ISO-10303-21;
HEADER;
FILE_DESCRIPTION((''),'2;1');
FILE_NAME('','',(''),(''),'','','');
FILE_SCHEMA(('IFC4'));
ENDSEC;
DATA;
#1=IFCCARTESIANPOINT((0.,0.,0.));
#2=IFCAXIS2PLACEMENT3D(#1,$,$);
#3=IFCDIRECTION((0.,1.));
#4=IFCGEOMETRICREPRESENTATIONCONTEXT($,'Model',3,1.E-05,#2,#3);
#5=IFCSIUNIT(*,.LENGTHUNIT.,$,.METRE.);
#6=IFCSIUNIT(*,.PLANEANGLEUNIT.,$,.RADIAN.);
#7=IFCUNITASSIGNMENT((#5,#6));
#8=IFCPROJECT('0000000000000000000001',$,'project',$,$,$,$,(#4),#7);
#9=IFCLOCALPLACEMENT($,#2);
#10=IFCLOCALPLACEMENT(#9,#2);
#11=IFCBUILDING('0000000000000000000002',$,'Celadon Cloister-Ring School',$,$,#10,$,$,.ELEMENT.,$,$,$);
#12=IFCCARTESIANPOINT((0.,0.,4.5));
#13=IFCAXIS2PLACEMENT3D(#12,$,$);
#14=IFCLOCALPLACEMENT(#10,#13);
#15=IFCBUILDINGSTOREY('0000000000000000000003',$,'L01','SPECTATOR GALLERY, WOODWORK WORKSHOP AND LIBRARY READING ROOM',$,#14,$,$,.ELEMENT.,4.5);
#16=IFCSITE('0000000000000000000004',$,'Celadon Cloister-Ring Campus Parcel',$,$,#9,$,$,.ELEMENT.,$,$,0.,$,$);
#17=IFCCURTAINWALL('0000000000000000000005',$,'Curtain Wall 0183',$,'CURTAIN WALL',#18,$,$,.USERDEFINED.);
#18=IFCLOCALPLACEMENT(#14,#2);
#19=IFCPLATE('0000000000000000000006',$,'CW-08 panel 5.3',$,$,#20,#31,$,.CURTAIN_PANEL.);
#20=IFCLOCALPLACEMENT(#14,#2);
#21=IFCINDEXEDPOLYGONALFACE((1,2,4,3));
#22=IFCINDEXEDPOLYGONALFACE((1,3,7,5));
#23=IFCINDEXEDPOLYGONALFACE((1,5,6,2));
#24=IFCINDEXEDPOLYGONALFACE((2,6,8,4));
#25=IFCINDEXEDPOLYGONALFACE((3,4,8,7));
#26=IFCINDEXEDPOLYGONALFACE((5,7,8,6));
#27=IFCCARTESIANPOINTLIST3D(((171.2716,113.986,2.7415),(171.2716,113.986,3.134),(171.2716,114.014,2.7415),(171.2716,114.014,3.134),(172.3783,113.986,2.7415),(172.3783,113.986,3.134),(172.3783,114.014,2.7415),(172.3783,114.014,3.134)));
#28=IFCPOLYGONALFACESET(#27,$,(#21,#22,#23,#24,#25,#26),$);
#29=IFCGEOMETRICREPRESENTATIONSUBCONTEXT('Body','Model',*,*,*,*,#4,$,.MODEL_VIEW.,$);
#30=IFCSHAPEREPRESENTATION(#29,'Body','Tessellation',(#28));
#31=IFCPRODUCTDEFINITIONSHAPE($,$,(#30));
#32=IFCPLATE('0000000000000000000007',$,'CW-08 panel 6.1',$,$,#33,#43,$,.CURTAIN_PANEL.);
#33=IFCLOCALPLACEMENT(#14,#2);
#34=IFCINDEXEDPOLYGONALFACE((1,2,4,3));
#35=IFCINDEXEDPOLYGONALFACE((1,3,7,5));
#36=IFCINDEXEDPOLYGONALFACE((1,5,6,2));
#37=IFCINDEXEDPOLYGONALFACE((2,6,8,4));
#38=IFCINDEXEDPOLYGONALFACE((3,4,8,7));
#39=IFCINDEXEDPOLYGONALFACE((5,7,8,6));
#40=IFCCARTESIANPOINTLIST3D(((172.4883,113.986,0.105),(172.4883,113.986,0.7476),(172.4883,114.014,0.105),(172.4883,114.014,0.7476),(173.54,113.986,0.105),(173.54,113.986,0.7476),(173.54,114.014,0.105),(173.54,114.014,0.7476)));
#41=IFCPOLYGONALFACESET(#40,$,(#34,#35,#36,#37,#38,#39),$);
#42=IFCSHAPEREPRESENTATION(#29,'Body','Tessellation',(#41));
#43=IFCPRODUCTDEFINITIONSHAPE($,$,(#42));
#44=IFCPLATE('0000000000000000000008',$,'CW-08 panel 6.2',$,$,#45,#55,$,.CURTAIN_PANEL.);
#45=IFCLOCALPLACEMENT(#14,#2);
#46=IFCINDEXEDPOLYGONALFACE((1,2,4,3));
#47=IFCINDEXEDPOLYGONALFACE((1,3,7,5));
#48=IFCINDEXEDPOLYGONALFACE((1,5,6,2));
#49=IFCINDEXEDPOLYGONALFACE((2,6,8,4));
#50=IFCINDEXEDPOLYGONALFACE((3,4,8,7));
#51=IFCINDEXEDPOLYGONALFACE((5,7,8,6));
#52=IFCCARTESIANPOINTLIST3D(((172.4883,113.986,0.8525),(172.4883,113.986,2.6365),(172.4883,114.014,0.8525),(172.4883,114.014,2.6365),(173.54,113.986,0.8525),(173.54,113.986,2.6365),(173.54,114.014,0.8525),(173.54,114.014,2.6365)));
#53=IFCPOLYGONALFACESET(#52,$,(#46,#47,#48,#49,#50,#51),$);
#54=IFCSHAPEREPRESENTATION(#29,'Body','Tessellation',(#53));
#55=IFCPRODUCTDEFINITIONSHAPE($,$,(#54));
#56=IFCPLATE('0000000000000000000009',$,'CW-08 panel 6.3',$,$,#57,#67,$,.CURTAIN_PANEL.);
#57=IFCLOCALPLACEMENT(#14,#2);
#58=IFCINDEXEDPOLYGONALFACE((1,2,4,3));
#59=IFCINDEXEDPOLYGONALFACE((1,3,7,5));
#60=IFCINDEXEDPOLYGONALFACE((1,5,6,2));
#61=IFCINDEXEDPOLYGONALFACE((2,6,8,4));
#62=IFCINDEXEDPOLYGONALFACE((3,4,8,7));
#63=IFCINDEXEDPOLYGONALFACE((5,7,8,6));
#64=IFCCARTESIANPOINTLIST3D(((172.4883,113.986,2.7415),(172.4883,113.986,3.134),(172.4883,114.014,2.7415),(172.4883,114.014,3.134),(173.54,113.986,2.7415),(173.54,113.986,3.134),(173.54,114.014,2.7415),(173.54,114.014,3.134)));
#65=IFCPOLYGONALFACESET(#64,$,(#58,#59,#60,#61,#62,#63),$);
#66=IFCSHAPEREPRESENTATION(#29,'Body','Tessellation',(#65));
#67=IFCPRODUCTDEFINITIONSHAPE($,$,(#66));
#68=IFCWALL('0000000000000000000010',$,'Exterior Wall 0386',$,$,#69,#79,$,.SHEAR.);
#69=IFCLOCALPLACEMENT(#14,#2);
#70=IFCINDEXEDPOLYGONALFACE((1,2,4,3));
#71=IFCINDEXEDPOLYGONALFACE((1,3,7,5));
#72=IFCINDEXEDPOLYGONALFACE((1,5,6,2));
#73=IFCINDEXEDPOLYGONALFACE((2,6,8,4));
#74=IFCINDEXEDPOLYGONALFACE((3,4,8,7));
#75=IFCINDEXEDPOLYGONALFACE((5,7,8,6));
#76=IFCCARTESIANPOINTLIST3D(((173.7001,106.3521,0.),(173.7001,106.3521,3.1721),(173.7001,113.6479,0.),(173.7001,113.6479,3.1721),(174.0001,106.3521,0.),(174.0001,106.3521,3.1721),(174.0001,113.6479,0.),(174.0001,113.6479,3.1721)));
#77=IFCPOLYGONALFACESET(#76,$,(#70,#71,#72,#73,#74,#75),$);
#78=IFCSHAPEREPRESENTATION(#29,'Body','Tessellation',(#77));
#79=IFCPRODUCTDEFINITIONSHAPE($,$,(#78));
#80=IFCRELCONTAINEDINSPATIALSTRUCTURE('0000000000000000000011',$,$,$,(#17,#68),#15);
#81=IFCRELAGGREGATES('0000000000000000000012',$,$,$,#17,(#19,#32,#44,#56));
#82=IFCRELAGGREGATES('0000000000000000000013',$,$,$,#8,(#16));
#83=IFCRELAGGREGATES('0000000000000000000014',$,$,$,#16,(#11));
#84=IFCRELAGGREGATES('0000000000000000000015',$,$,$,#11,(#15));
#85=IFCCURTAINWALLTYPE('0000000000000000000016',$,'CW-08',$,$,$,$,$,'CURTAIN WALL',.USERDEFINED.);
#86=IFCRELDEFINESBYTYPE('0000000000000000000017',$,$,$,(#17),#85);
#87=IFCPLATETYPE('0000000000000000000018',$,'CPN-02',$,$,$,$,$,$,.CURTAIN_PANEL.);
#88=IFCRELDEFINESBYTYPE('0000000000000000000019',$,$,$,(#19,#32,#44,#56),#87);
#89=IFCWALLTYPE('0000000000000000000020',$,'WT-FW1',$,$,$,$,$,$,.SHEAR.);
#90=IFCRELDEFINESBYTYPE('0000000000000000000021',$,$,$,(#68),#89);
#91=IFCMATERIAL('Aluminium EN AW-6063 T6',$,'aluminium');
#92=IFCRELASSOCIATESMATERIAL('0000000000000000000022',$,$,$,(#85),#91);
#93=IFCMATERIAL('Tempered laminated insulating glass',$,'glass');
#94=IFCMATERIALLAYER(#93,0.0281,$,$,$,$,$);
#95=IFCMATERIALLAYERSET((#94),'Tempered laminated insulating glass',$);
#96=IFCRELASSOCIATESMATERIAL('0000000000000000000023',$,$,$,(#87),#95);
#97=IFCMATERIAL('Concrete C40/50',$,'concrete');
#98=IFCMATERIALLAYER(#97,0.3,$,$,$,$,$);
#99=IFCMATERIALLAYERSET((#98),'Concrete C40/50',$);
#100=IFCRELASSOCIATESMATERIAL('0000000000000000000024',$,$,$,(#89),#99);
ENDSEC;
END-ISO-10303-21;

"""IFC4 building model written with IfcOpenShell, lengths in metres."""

from ifc_helpers import new_model, si_unit, direction, frame, frame_2d, origin, origin_2d, place, context, subcontext, project, spatial, rectangle, extrude, material, layer, layer_set, type_object, element, aggregate, save


model = new_model("IFC4")

# Units and contexts
model_context = context("Model", 3, precision=1e-05, world=origin(), true_north=direction((0.0, 1.0)))
body_context = subcontext(model_context, "Body", "Model", "MODEL_VIEW")
ifc_project = project(units=[si_unit("LENGTHUNIT", "METRE"), si_unit("PLANEANGLEUNIT", "RADIAN")], contexts=[model_context])

# Site, building, storey
site_placement = place(None, origin())
site = spatial("IfcSite", under=ifc_project, at=site_placement, Name="Celadon Cloister-Ring Campus Parcel", CompositionType="ELEMENT", RefElevation=0.0)
building_placement = place(site_placement, origin())
building = spatial("IfcBuilding", under=site, at=building_placement, Name="Celadon Cloister-Ring School", CompositionType="ELEMENT")
storey_placement = place(building_placement, frame((0.0, 0.0, 4.5)))
storey = spatial("IfcBuildingStorey", under=building, at=storey_placement, Name="L01", Description="SPECTATOR GALLERY, WOODWORK WORKSHOP AND LIBRARY READING ROOM", CompositionType="ELEMENT", Elevation=4.5)

# Curtain wall, plates
ifc_material_1 = material(Name="Aluminium EN AW-6063 T6", Category="aluminium")
curtain_wall_type = type_object("IfcCurtainWallType", Name="CW-08", ElementType="CURTAIN WALL", PredefinedType="USERDEFINED", material=ifc_material_1)
curtain_wall_placement = place(storey_placement, origin())
curtain_wall = element("IfcCurtainWall", 1, at=curtain_wall_placement, inside=storey, type_object=curtain_wall_type, Name="Curtain Wall 0183", ObjectType="CURTAIN WALL", PredefinedType="USERDEFINED")
ifc_material_2 = material(Name="Tempered laminated insulating glass", Category="glass")
ifc_layer_1 = layer(ifc_material_2, 0.0281)
ifc_layer_set_1 = layer_set([ifc_layer_1], Name="Tempered laminated insulating glass")
plate_type = type_object("IfcPlateType", Name="CPN-02", PredefinedType="CURTAIN_PANEL", material=ifc_layer_set_1)
plate_1_placement = place(storey_placement, frame((171.825, 114.0, 2.7415), z_axis=(0.0, 0.0, 1.0), x_axis=(1.0, 0.0, 0.0)))
plate_1 = element("IfcPlate", 2, at=plate_1_placement, type_object=plate_type, Name="CW-08 panel 5.3", PredefinedType="CURTAIN_PANEL", context=body_context, shape_type="SweptSolid", body=[
    extrude(rectangle(XDim=1.1067, YDim=0.0281, at=origin_2d()), origin(), (0.0, 0.0, 1.0), 0.3926),
])
plate_2_placement = place(storey_placement, frame((173.0142, 114.0, 0.105), z_axis=(0.0, 0.0, 1.0), x_axis=(1.0, 0.0, 0.0)))
plate_2 = element("IfcPlate", 3, at=plate_2_placement, type_object=plate_type, Name="CW-08 panel 6.1", PredefinedType="CURTAIN_PANEL", context=body_context, shape_type="SweptSolid", body=[
    extrude(rectangle(XDim=1.0518, YDim=0.0281, at=origin_2d()), origin(), (0.0, 0.0, 1.0), 0.6426),
])
plate_3_placement = place(storey_placement, frame((173.0142, 114.0, 0.8525), z_axis=(0.0, 0.0, 1.0), x_axis=(1.0, 0.0, 0.0)))
plate_3 = element("IfcPlate", 4, at=plate_3_placement, type_object=plate_type, Name="CW-08 panel 6.2", PredefinedType="CURTAIN_PANEL", context=body_context, shape_type="SweptSolid", body=[
    extrude(rectangle(XDim=1.0518, YDim=0.0281, at=origin_2d()), origin(), (0.0, 0.0, 1.0), 1.7839),
])
plate_4_placement = place(storey_placement, frame((173.0142, 114.0, 2.7415), z_axis=(0.0, 0.0, 1.0), x_axis=(1.0, 0.0, 0.0)))
plate_4 = element("IfcPlate", 5, at=plate_4_placement, type_object=plate_type, Name="CW-08 panel 6.3", PredefinedType="CURTAIN_PANEL", context=body_context, shape_type="SweptSolid", body=[
    extrude(rectangle(XDim=1.0518, YDim=0.0281, at=origin_2d()), origin(), (0.0, 0.0, 1.0), 0.3926),
])
aggregate(curtain_wall, [plate_1, plate_2, plate_3, plate_4])

# Wall
ifc_material_3 = material(Name="Concrete C40/50", Category="concrete")
ifc_layer_2 = layer(ifc_material_3, 0.3)
ifc_layer_set_2 = layer_set([ifc_layer_2], Name="Concrete C40/50")
wall_type = type_object("IfcWallType", Name="WT-FW1", PredefinedType="SHEAR", material=ifc_layer_set_2)
wall_placement = place(storey_placement, frame((173.8501, 113.6479, 0.0), z_axis=(0.0, 0.0, 1.0), x_axis=(0.0, -1.0, 0.0)))
element("IfcWall", 6, at=wall_placement, inside=storey, type_object=wall_type, Name="Exterior Wall 0386", PredefinedType="SHEAR", context=body_context, shape_type="SweptSolid", body=[
    extrude(rectangle(XDim=7.2959, YDim=0.3, at=frame_2d((3.6479, 0.0))), origin(), (0.0, 0.0, 1.0), 3.1721),
])

save(model, "model.ifc")
